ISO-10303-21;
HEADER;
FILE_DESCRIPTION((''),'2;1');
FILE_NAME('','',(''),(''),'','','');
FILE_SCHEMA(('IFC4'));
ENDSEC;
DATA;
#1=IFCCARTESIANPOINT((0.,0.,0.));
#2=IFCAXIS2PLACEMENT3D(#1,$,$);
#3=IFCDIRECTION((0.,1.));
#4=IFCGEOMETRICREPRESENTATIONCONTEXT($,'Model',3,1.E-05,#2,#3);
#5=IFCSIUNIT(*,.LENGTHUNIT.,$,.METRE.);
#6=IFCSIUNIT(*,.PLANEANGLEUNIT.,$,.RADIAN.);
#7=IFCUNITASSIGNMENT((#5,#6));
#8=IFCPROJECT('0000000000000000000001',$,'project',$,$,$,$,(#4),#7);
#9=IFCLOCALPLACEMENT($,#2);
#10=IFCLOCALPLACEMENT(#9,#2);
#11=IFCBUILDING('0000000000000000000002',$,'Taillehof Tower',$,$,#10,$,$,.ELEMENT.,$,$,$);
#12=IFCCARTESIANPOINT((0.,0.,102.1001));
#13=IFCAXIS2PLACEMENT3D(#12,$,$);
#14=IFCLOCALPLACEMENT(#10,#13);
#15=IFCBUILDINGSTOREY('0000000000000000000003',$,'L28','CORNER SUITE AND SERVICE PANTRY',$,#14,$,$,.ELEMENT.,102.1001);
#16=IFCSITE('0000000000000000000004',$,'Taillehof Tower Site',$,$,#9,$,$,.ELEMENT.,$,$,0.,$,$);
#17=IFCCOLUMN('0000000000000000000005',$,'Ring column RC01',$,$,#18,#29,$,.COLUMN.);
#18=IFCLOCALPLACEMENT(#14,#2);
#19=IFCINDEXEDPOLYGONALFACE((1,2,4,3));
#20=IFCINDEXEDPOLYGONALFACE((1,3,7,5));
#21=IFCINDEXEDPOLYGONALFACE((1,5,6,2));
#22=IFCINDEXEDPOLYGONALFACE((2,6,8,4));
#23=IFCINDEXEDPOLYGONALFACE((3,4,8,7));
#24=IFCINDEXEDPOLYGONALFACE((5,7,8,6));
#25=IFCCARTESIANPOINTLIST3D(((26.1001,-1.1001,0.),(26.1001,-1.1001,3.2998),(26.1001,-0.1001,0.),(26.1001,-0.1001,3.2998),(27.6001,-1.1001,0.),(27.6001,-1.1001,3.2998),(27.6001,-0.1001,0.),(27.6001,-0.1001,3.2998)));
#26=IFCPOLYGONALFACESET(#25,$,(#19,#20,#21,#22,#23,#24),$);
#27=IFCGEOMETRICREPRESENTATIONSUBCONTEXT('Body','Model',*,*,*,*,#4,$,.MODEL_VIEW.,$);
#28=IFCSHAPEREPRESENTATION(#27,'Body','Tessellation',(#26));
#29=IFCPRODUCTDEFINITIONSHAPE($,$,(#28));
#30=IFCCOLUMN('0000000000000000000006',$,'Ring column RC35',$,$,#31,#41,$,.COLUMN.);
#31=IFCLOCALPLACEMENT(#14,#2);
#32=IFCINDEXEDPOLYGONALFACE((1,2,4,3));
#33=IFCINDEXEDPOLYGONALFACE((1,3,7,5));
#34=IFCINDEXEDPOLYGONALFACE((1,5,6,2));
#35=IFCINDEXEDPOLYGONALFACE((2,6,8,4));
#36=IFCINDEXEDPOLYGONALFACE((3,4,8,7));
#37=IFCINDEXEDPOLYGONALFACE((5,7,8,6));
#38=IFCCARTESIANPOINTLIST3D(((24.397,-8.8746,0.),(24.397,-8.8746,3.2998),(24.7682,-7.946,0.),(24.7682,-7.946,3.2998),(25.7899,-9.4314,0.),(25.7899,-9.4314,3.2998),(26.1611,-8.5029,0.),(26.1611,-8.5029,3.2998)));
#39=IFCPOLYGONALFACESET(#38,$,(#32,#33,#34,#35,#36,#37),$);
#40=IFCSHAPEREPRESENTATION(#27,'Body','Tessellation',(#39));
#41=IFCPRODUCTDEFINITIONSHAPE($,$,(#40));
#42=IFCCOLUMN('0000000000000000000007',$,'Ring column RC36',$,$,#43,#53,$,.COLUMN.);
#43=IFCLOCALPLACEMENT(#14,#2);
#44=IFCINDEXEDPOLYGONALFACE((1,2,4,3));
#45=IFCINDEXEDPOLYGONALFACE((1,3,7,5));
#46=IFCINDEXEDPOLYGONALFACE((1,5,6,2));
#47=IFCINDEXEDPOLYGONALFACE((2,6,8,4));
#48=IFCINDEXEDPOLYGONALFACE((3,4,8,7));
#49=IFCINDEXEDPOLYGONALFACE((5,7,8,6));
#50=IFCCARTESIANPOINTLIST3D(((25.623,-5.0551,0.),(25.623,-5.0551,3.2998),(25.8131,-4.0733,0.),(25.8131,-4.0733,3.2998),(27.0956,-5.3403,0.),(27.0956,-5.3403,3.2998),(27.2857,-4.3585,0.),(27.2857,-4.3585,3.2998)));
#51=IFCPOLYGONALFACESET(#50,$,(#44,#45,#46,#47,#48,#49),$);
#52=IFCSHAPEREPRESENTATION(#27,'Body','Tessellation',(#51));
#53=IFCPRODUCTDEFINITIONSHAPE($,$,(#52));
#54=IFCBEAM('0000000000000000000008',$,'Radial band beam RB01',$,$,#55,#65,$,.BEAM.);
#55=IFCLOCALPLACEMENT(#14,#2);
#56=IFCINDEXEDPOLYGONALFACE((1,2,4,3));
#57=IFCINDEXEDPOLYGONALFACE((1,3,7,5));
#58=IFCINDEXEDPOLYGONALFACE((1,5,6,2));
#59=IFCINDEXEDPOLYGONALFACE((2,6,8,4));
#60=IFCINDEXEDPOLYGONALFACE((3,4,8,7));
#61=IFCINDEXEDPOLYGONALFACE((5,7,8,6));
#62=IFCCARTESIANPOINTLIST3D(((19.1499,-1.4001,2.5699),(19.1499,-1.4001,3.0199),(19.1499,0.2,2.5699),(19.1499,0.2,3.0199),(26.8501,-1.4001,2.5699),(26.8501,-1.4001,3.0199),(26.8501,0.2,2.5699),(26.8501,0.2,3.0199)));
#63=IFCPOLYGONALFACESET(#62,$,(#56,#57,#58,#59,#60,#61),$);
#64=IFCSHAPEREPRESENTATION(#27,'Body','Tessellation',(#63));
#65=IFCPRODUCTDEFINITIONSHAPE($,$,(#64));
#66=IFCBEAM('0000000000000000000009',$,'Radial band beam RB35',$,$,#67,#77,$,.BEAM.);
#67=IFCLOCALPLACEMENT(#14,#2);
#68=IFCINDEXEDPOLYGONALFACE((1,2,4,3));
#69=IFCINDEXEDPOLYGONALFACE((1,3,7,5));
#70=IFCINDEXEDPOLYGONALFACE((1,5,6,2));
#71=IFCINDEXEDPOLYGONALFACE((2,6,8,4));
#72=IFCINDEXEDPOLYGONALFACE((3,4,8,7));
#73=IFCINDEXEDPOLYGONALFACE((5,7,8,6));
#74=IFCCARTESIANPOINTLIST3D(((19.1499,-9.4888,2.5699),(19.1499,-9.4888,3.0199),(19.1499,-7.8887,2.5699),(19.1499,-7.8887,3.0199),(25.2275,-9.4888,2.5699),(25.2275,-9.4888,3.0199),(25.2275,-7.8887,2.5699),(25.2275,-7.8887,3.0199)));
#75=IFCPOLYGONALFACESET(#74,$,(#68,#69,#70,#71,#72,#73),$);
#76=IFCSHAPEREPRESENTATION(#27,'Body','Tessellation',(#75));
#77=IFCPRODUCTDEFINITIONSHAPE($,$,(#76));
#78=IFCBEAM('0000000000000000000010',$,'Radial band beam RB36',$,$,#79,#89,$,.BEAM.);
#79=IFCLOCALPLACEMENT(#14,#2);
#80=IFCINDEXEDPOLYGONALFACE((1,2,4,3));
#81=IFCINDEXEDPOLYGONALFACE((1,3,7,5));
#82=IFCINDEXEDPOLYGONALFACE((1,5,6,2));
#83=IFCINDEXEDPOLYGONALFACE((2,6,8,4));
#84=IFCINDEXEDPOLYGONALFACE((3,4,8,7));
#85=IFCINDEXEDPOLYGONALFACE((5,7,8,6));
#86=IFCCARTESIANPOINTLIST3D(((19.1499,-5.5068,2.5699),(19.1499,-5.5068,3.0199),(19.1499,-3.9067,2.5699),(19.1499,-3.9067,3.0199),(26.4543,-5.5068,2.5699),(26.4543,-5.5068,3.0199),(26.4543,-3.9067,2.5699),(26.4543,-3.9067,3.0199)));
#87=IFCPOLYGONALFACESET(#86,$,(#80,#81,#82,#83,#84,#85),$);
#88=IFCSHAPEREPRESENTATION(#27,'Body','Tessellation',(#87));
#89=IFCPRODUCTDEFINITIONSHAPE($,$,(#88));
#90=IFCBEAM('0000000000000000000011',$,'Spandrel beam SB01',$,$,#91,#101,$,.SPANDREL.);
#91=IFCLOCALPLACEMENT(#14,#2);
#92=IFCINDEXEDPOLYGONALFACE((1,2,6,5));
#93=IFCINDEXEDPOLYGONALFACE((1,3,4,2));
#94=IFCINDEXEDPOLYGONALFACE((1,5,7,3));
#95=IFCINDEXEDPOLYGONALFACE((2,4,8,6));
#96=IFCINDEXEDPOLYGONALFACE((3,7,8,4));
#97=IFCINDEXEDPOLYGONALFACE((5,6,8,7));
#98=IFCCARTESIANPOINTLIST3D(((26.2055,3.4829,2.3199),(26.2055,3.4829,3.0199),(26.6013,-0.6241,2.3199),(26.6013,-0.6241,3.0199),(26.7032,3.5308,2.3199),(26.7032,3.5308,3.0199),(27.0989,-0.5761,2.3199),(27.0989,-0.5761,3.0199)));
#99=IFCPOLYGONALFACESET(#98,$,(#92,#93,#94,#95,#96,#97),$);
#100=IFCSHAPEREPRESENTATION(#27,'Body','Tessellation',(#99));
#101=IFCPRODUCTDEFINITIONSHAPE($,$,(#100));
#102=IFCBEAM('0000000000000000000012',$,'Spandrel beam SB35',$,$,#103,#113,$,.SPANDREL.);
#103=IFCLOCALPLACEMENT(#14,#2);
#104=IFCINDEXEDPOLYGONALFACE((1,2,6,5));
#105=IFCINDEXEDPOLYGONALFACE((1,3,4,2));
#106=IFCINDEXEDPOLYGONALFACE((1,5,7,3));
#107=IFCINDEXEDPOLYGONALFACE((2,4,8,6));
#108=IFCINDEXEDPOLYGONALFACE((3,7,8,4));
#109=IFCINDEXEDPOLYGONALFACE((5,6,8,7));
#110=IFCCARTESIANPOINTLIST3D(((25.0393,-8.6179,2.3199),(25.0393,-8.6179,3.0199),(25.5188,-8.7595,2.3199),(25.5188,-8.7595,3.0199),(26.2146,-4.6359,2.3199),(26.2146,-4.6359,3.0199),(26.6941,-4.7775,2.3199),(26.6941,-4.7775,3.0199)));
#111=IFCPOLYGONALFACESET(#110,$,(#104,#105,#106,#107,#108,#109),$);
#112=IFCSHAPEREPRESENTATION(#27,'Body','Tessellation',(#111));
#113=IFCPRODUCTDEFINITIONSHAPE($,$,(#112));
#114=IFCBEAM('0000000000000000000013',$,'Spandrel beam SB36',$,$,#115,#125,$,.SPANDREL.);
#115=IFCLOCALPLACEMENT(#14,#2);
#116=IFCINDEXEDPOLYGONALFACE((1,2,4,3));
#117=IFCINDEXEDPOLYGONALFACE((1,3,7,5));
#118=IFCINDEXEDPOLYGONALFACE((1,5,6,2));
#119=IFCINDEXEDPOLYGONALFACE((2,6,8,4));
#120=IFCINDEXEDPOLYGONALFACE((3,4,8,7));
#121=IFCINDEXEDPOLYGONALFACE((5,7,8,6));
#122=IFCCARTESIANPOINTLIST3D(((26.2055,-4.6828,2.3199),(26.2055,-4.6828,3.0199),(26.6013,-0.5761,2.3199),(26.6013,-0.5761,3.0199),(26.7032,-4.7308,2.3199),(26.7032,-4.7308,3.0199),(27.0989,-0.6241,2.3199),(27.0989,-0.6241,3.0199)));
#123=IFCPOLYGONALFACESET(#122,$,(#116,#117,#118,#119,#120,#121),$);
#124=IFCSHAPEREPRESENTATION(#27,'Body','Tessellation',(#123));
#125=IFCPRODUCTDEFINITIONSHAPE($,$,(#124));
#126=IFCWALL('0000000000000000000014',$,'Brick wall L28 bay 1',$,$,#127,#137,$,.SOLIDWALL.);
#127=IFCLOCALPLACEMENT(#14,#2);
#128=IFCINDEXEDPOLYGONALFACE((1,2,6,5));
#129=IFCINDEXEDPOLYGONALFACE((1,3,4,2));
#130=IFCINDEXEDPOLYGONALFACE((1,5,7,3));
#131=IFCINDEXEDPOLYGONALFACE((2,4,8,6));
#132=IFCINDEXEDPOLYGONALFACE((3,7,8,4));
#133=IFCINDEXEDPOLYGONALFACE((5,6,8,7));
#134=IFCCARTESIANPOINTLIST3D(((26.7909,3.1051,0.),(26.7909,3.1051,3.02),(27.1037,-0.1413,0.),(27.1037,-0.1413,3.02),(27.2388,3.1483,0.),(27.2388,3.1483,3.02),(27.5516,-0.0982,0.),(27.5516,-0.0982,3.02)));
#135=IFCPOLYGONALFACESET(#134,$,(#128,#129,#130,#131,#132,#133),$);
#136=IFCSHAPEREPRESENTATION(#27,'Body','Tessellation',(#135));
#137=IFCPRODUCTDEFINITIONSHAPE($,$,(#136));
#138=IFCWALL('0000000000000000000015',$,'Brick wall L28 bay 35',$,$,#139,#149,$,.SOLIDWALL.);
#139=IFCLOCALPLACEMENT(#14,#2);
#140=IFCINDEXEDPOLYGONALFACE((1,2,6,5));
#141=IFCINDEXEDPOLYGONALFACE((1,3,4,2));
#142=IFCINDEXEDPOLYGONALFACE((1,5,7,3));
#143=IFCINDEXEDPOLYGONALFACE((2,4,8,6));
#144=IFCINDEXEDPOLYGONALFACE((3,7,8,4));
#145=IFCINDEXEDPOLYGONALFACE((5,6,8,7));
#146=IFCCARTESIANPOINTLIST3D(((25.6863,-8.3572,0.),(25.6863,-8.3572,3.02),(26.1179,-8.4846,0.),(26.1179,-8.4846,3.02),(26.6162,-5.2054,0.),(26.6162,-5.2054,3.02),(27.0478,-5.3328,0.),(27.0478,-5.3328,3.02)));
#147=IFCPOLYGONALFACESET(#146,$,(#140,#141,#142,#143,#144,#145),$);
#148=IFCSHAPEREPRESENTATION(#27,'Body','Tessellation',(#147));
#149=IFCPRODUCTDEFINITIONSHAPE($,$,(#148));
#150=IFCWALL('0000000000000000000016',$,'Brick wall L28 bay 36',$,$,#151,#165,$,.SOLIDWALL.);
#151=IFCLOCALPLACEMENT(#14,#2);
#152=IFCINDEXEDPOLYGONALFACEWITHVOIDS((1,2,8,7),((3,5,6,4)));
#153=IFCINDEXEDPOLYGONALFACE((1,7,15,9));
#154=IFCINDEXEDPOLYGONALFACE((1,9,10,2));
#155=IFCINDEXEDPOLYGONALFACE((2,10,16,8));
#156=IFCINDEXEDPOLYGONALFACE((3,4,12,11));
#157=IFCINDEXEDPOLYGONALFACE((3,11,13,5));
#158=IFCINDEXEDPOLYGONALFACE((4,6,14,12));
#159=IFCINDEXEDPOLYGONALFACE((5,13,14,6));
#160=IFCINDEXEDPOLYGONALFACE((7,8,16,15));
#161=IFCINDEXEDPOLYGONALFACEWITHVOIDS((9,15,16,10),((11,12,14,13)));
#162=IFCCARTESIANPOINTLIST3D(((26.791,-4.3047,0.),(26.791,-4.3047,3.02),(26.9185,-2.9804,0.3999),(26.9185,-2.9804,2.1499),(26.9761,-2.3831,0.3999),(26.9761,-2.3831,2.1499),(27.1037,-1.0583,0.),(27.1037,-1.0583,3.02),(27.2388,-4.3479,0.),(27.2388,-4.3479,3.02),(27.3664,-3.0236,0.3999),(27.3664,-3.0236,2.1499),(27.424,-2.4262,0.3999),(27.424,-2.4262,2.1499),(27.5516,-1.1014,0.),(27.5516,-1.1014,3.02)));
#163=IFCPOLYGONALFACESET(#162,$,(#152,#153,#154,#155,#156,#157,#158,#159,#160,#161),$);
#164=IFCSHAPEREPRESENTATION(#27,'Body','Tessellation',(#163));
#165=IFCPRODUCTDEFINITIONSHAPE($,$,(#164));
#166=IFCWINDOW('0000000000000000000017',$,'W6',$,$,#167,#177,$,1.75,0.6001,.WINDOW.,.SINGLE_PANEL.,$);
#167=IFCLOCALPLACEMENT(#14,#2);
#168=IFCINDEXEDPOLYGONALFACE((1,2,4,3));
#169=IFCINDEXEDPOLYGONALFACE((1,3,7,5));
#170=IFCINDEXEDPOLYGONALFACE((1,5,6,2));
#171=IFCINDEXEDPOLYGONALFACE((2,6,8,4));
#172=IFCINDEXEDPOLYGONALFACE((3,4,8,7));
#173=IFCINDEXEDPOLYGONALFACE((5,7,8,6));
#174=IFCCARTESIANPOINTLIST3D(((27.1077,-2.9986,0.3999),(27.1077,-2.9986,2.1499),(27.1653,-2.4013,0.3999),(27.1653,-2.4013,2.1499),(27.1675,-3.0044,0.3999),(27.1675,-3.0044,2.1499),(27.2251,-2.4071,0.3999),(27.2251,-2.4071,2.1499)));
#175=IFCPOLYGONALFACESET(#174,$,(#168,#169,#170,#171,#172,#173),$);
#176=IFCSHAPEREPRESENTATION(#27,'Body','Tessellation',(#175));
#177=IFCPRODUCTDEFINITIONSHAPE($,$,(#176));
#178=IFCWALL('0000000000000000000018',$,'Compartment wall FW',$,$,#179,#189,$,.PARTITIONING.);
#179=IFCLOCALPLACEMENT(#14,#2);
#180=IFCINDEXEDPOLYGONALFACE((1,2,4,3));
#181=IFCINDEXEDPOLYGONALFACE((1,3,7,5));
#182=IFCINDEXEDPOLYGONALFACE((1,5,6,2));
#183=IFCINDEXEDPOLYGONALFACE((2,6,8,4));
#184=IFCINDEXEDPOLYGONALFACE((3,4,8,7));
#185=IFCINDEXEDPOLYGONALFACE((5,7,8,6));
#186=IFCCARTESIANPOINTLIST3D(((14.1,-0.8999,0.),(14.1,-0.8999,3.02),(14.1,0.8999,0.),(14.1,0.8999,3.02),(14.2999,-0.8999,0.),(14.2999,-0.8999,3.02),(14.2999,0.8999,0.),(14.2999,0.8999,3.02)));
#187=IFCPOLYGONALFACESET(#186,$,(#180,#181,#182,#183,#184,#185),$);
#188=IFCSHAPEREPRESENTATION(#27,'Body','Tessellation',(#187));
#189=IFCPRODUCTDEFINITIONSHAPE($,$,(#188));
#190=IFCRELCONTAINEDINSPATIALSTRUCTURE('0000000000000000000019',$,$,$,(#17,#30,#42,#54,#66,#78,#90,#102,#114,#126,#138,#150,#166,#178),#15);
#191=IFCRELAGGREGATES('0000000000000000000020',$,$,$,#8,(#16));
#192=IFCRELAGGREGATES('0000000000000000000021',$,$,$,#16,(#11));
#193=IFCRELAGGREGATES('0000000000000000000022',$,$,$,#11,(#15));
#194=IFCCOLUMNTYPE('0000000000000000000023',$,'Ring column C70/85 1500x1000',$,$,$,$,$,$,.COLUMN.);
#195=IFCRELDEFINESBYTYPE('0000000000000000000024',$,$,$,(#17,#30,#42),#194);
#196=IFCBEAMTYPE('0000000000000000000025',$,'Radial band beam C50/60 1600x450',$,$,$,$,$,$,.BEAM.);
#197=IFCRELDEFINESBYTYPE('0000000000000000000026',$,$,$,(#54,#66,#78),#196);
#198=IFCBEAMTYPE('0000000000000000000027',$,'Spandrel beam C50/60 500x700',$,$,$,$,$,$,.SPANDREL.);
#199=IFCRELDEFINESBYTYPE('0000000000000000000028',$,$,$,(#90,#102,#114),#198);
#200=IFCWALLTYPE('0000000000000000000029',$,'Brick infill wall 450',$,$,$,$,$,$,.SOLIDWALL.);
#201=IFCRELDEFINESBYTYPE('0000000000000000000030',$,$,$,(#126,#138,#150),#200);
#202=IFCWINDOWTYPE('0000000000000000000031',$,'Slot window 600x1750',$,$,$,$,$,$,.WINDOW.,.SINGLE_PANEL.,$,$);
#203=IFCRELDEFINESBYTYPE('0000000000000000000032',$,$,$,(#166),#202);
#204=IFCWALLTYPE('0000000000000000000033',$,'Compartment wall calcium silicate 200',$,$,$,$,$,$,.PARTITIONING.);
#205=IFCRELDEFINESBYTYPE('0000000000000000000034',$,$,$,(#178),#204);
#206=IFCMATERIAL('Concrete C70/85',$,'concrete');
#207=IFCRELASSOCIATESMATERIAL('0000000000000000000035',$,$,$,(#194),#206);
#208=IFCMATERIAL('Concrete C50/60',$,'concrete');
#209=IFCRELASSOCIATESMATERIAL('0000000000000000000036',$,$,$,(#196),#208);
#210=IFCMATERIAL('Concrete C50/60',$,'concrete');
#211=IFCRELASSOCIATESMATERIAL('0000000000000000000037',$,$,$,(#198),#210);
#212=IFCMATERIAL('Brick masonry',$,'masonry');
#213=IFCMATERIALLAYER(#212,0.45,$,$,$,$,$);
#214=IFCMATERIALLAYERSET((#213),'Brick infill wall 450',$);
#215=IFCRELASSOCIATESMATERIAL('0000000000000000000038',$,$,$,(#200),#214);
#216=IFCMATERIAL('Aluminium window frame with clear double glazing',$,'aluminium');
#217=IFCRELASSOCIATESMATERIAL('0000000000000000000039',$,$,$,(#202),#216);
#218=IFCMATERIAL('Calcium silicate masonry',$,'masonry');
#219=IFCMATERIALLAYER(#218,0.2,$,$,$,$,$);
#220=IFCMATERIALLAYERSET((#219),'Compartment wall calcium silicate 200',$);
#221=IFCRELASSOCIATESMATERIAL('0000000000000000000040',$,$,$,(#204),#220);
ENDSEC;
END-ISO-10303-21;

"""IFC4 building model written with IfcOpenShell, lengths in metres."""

from ifc_helpers import new_model, si_unit, direction, frame, frame_2d, origin, origin_2d, place, context, subcontext, project, spatial, rectangle, extrude, material, layer, layer_set, material_profile, profile_set, type_object, element, fill, save


model = new_model("IFC4")

# Units and contexts
model_context = context("Model", 3, precision=1e-05, world=origin(), true_north=direction((0.0, 1.0)))
body_context = subcontext(model_context, "Body", "Model", "MODEL_VIEW")
ifc_project = project(units=[si_unit("LENGTHUNIT", "METRE"), si_unit("PLANEANGLEUNIT", "RADIAN")], contexts=[model_context])

# Site, building, storey
site_placement = place(None, origin())
site = spatial("IfcSite", under=ifc_project, at=site_placement, Name="Taillehof Tower Site", CompositionType="ELEMENT", RefElevation=0.0)
building_placement = place(site_placement, origin())
building = spatial("IfcBuilding", under=site, at=building_placement, Name="Taillehof Tower", CompositionType="ELEMENT")
storey_placement = place(building_placement, frame((0.0, 0.0, 102.1001)))
storey = spatial("IfcBuildingStorey", under=building, at=storey_placement, Name="L28", Description="CORNER SUITE AND SERVICE PANTRY", CompositionType="ELEMENT", Elevation=102.1001)

# Columns
ifc_material_1 = material(Name="Concrete C70/85", Category="concrete")
ifc_material_profile_1 = material_profile(ifc_material_1, rectangle(XDim=1.5, YDim=1.0, at=origin_2d()), Name="RC 1500x1000")
ifc_profile_set_1 = profile_set([ifc_material_profile_1], Name="Concrete C70/85")
column_type = type_object("IfcColumnType", Name="Ring column C70/85 1500x1000", PredefinedType="COLUMN", material=ifc_profile_set_1)
for number, where, z_axis, x_axis, name in (
    (1, (26.8501, -0.6001, 0.0), (0.0, 0.0, 1.0), (1.0, 0.0, 0.0), "Ring column RC01"),
    (2, (25.2791, -8.6887, 0.0), (0.0, 0.0, 1.0), (0.92855, -0.371207, 0.0), "Ring column RC35"),
    (3, (26.4543, -4.7068, 0.0), (0.0, 0.0, 1.0), (0.981757, -0.190138, 0.0), "Ring column RC36"),
):
    element("IfcColumn", number, at=place(storey_placement, frame(where, z_axis=z_axis, x_axis=x_axis)), inside=storey, type_object=column_type, Name=name, PredefinedType="COLUMN", context=body_context, shape_type="SweptSolid", body=[
        extrude(rectangle(XDim=1.5, YDim=1.0, at=origin_2d()), origin(), (0.0, 0.0, 1.0), 3.2998),
    ])

# Beams
ifc_material_2 = material(Name="Concrete C50/60", Category="concrete")
ifc_material_profile_2 = material_profile(ifc_material_2, rectangle(XDim=1.6001, YDim=0.45, at=origin_2d()), Name="RC 1600x450")
ifc_profile_set_2 = profile_set([ifc_material_profile_2], Name="Concrete C50/60")
beam_type_1 = type_object("IfcBeamType", Name="Radial band beam C50/60 1600x450", PredefinedType="BEAM", material=ifc_profile_set_2)
beam_1_placement = place(storey_placement, frame((26.8501, -0.6001, 2.7949), z_axis=(-1.0, 0.0, 0.0), x_axis=(0.0, -1.0, 0.0)))
element("IfcBeam", 4, at=beam_1_placement, inside=storey, type_object=beam_type_1, Name="Radial band beam RB01", PredefinedType="BEAM", context=body_context, shape_type="SweptSolid", body=[
    extrude(rectangle(XDim=1.6001, YDim=0.45, at=origin_2d()), origin(), (0.0, 0.0, 1.0), 7.7002),
])
beam_2_placement = place(storey_placement, frame((25.2275, -8.6887, 2.7949), z_axis=(-1.0, 0.0, 0.0), x_axis=(0.0, -1.0, 0.0)))
element("IfcBeam", 5, at=beam_2_placement, inside=storey, type_object=beam_type_1, Name="Radial band beam RB35", PredefinedType="BEAM", context=body_context, shape_type="SweptSolid", body=[
    extrude(rectangle(XDim=1.6001, YDim=0.45, at=origin_2d()), origin(), (0.0, 0.0, 1.0), 6.0776),
])
beam_3_placement = place(storey_placement, frame((26.4543, -4.7068, 2.7949), z_axis=(-1.0, 0.0, 0.0), x_axis=(0.0, -1.0, 0.0)))
element("IfcBeam", 6, at=beam_3_placement, inside=storey, type_object=beam_type_1, Name="Radial band beam RB36", PredefinedType="BEAM", context=body_context, shape_type="SweptSolid", body=[
    extrude(rectangle(XDim=1.6001, YDim=0.45, at=origin_2d()), origin(), (0.0, 0.0, 1.0), 7.3044),
])
ifc_material_3 = material(Name="Concrete C50/60", Category="concrete")
ifc_material_profile_3 = material_profile(ifc_material_3, rectangle(XDim=0.5, YDim=0.7, at=origin_2d()), Name="RC 500x700")
ifc_profile_set_3 = profile_set([ifc_material_profile_3], Name="Concrete C50/60")
beam_type_2 = type_object("IfcBeamType", Name="Spandrel beam C50/60 500x700", PredefinedType="SPANDREL", material=ifc_profile_set_3)
beam_4_placement = place(storey_placement, frame((26.8501, -0.6001, 2.6699), z_axis=(-0.095918, 0.995389, 0.0), x_axis=(-0.995389, -0.095918, 0.0)))
element("IfcBeam", 7, at=beam_4_placement, inside=storey, type_object=beam_type_2, Name="Spandrel beam SB01", PredefinedType="SPANDREL", context=body_context, shape_type="SweptSolid", body=[
    extrude(rectangle(XDim=0.5, YDim=0.7, at=origin_2d()), origin(), (0.0, 0.0, 1.0), 4.126),
])
beam_5_placement = place(storey_placement, frame((25.2791, -8.6887, 2.6699), z_axis=(0.283083, 0.959095, 0.0), x_axis=(-0.959095, 0.283083, 0.0)))
element("IfcBeam", 8, at=beam_5_placement, inside=storey, type_object=beam_type_2, Name="Spandrel beam SB35", PredefinedType="SPANDREL", context=body_context, shape_type="SweptSolid", body=[
    extrude(rectangle(XDim=0.5, YDim=0.7, at=origin_2d()), origin(), (0.0, 0.0, 1.0), 4.1519),
])
beam_6_placement = place(storey_placement, frame((26.4543, -4.7068, 2.6699), z_axis=(0.095923, 0.995389, 0.0), x_axis=(-0.995389, 0.095923, 0.0)))
element("IfcBeam", 9, at=beam_6_placement, inside=storey, type_object=beam_type_2, Name="Spandrel beam SB36", PredefinedType="SPANDREL", context=body_context, shape_type="SweptSolid", body=[
    extrude(rectangle(XDim=0.5, YDim=0.7, at=origin_2d()), origin(), (0.0, 0.0, 1.0), 4.1257),
])

# Walls
ifc_material_4 = material(Name="Brick masonry", Category="masonry")
ifc_layer_1 = layer(ifc_material_4, 0.45)
ifc_layer_set_1 = layer_set([ifc_layer_1], Name="Brick infill wall 450")
wall_type_1 = type_object("IfcWallType", Name="Brick infill wall 450", PredefinedType="SOLIDWALL", material=ifc_layer_set_1)
wall_1_placement = place(storey_placement, frame((27.3276, -0.1199, 0.0), z_axis=(0.0, 0.0, 1.0), x_axis=(-0.095894, 0.995392, 0.0)))
element("IfcWall", 10, at=wall_1_placement, inside=storey, type_object=wall_type_1, Name="Brick wall L28 bay 1", PredefinedType="SOLIDWALL", context=body_context, shape_type="SweptSolid", body=[
    extrude(rectangle(XDim=3.2615, YDim=0.45, at=frame_2d((1.6309, 0.0))), origin(), (0.0, 0.0, 1.0), 3.02),
])
wall_2_placement = place(storey_placement, frame((25.9021, -8.4209, 0.0), z_axis=(0.0, 0.0, 1.0), x_axis=(0.282983, 0.959125, 0.0)))
element("IfcWall", 11, at=wall_2_placement, inside=storey, type_object=wall_type_1, Name="Brick wall L28 bay 35", PredefinedType="SOLIDWALL", context=body_context, shape_type="SweptSolid", body=[
    extrude(rectangle(XDim=3.2861, YDim=0.45, at=frame_2d((1.6431, 0.0))), origin(), (0.0, 0.0, 1.0), 3.02),
])

# Wall, opening, window
wall_3_placement = place(storey_placement, frame((27.0149, -4.3264, 0.0), z_axis=(0.0, 0.0, 1.0), x_axis=(0.095894, 0.995392, 0.0)))
wall_3 = element("IfcWall", 12, at=wall_3_placement, inside=storey, type_object=wall_type_1, Name="Brick wall L28 bay 36", PredefinedType="SOLIDWALL", context=body_context, shape_type="SweptSolid", body=[
    extrude(rectangle(XDim=3.2615, YDim=0.45, at=frame_2d((1.6309, 0.0))), origin(), (0.0, 0.0, 1.0), 3.02),
])
opening_1_placement = place(wall_3_placement, frame((1.3306, 0.0, 0.3999)))
opening_1 = element("IfcOpeningElement", 13, at=opening_1_placement, cuts=wall_3, PredefinedType="OPENING", context=body_context, shape_type="SweptSolid", body=[
    extrude(rectangle(XDim=0.6001, YDim=1.75, at=frame_2d((0.3, 0.875))), frame((0.0, 0.2349, 0.0), z_axis=(0.0, -1.0, 0.0), x_axis=(1.0, 0.0, 0.0)), (0.0, 0.0, 1.0), 0.47),
])
ifc_material_5 = material(Name="Aluminium window frame with clear double glazing", Category="aluminium")
window_type = type_object("IfcWindowType", Name="Slot window 600x1750", PartitioningType="SINGLE_PANEL", PredefinedType="WINDOW", material=ifc_material_5)
window_placement = place(opening_1_placement, origin())
window = element("IfcWindow", 14, at=window_placement, inside=storey, type_object=window_type, Name="W6", OverallHeight=1.75, OverallWidth=0.6001, PartitioningType="SINGLE_PANEL", PredefinedType="WINDOW", context=body_context, shape_type="SweptSolid", body=[
    extrude(rectangle(XDim=0.6001, YDim=1.75, at=frame_2d((0.3, 0.875))), frame((0.0, 0.0349, 0.0), z_axis=(0.0, -1.0, 0.0), x_axis=(1.0, 0.0, 0.0)), (0.0, 0.0, 1.0), 0.0601),
])
fill(opening_1, window)

# Wall
ifc_material_6 = material(Name="Calcium silicate masonry", Category="masonry")
ifc_layer_2 = layer(ifc_material_6, 0.2)
ifc_layer_set_2 = layer_set([ifc_layer_2], Name="Compartment wall calcium silicate 200")
wall_type_2 = type_object("IfcWallType", Name="Compartment wall calcium silicate 200", PredefinedType="PARTITIONING", material=ifc_layer_set_2)
wall_4_placement = place(storey_placement, frame((14.2, -0.8999, 0.0), z_axis=(0.0, 0.0, 1.0), x_axis=(0.0, 1.0, 0.0)))
element("IfcWall", 15, at=wall_4_placement, inside=storey, type_object=wall_type_2, Name="Compartment wall FW", PredefinedType="PARTITIONING", context=body_context, shape_type="SweptSolid", body=[
    extrude(rectangle(XDim=1.7998, YDim=0.2, at=frame_2d((0.8999, 0.0))), origin(), (0.0, 0.0, 1.0), 3.02),
])

save(model, "model.ifc")
